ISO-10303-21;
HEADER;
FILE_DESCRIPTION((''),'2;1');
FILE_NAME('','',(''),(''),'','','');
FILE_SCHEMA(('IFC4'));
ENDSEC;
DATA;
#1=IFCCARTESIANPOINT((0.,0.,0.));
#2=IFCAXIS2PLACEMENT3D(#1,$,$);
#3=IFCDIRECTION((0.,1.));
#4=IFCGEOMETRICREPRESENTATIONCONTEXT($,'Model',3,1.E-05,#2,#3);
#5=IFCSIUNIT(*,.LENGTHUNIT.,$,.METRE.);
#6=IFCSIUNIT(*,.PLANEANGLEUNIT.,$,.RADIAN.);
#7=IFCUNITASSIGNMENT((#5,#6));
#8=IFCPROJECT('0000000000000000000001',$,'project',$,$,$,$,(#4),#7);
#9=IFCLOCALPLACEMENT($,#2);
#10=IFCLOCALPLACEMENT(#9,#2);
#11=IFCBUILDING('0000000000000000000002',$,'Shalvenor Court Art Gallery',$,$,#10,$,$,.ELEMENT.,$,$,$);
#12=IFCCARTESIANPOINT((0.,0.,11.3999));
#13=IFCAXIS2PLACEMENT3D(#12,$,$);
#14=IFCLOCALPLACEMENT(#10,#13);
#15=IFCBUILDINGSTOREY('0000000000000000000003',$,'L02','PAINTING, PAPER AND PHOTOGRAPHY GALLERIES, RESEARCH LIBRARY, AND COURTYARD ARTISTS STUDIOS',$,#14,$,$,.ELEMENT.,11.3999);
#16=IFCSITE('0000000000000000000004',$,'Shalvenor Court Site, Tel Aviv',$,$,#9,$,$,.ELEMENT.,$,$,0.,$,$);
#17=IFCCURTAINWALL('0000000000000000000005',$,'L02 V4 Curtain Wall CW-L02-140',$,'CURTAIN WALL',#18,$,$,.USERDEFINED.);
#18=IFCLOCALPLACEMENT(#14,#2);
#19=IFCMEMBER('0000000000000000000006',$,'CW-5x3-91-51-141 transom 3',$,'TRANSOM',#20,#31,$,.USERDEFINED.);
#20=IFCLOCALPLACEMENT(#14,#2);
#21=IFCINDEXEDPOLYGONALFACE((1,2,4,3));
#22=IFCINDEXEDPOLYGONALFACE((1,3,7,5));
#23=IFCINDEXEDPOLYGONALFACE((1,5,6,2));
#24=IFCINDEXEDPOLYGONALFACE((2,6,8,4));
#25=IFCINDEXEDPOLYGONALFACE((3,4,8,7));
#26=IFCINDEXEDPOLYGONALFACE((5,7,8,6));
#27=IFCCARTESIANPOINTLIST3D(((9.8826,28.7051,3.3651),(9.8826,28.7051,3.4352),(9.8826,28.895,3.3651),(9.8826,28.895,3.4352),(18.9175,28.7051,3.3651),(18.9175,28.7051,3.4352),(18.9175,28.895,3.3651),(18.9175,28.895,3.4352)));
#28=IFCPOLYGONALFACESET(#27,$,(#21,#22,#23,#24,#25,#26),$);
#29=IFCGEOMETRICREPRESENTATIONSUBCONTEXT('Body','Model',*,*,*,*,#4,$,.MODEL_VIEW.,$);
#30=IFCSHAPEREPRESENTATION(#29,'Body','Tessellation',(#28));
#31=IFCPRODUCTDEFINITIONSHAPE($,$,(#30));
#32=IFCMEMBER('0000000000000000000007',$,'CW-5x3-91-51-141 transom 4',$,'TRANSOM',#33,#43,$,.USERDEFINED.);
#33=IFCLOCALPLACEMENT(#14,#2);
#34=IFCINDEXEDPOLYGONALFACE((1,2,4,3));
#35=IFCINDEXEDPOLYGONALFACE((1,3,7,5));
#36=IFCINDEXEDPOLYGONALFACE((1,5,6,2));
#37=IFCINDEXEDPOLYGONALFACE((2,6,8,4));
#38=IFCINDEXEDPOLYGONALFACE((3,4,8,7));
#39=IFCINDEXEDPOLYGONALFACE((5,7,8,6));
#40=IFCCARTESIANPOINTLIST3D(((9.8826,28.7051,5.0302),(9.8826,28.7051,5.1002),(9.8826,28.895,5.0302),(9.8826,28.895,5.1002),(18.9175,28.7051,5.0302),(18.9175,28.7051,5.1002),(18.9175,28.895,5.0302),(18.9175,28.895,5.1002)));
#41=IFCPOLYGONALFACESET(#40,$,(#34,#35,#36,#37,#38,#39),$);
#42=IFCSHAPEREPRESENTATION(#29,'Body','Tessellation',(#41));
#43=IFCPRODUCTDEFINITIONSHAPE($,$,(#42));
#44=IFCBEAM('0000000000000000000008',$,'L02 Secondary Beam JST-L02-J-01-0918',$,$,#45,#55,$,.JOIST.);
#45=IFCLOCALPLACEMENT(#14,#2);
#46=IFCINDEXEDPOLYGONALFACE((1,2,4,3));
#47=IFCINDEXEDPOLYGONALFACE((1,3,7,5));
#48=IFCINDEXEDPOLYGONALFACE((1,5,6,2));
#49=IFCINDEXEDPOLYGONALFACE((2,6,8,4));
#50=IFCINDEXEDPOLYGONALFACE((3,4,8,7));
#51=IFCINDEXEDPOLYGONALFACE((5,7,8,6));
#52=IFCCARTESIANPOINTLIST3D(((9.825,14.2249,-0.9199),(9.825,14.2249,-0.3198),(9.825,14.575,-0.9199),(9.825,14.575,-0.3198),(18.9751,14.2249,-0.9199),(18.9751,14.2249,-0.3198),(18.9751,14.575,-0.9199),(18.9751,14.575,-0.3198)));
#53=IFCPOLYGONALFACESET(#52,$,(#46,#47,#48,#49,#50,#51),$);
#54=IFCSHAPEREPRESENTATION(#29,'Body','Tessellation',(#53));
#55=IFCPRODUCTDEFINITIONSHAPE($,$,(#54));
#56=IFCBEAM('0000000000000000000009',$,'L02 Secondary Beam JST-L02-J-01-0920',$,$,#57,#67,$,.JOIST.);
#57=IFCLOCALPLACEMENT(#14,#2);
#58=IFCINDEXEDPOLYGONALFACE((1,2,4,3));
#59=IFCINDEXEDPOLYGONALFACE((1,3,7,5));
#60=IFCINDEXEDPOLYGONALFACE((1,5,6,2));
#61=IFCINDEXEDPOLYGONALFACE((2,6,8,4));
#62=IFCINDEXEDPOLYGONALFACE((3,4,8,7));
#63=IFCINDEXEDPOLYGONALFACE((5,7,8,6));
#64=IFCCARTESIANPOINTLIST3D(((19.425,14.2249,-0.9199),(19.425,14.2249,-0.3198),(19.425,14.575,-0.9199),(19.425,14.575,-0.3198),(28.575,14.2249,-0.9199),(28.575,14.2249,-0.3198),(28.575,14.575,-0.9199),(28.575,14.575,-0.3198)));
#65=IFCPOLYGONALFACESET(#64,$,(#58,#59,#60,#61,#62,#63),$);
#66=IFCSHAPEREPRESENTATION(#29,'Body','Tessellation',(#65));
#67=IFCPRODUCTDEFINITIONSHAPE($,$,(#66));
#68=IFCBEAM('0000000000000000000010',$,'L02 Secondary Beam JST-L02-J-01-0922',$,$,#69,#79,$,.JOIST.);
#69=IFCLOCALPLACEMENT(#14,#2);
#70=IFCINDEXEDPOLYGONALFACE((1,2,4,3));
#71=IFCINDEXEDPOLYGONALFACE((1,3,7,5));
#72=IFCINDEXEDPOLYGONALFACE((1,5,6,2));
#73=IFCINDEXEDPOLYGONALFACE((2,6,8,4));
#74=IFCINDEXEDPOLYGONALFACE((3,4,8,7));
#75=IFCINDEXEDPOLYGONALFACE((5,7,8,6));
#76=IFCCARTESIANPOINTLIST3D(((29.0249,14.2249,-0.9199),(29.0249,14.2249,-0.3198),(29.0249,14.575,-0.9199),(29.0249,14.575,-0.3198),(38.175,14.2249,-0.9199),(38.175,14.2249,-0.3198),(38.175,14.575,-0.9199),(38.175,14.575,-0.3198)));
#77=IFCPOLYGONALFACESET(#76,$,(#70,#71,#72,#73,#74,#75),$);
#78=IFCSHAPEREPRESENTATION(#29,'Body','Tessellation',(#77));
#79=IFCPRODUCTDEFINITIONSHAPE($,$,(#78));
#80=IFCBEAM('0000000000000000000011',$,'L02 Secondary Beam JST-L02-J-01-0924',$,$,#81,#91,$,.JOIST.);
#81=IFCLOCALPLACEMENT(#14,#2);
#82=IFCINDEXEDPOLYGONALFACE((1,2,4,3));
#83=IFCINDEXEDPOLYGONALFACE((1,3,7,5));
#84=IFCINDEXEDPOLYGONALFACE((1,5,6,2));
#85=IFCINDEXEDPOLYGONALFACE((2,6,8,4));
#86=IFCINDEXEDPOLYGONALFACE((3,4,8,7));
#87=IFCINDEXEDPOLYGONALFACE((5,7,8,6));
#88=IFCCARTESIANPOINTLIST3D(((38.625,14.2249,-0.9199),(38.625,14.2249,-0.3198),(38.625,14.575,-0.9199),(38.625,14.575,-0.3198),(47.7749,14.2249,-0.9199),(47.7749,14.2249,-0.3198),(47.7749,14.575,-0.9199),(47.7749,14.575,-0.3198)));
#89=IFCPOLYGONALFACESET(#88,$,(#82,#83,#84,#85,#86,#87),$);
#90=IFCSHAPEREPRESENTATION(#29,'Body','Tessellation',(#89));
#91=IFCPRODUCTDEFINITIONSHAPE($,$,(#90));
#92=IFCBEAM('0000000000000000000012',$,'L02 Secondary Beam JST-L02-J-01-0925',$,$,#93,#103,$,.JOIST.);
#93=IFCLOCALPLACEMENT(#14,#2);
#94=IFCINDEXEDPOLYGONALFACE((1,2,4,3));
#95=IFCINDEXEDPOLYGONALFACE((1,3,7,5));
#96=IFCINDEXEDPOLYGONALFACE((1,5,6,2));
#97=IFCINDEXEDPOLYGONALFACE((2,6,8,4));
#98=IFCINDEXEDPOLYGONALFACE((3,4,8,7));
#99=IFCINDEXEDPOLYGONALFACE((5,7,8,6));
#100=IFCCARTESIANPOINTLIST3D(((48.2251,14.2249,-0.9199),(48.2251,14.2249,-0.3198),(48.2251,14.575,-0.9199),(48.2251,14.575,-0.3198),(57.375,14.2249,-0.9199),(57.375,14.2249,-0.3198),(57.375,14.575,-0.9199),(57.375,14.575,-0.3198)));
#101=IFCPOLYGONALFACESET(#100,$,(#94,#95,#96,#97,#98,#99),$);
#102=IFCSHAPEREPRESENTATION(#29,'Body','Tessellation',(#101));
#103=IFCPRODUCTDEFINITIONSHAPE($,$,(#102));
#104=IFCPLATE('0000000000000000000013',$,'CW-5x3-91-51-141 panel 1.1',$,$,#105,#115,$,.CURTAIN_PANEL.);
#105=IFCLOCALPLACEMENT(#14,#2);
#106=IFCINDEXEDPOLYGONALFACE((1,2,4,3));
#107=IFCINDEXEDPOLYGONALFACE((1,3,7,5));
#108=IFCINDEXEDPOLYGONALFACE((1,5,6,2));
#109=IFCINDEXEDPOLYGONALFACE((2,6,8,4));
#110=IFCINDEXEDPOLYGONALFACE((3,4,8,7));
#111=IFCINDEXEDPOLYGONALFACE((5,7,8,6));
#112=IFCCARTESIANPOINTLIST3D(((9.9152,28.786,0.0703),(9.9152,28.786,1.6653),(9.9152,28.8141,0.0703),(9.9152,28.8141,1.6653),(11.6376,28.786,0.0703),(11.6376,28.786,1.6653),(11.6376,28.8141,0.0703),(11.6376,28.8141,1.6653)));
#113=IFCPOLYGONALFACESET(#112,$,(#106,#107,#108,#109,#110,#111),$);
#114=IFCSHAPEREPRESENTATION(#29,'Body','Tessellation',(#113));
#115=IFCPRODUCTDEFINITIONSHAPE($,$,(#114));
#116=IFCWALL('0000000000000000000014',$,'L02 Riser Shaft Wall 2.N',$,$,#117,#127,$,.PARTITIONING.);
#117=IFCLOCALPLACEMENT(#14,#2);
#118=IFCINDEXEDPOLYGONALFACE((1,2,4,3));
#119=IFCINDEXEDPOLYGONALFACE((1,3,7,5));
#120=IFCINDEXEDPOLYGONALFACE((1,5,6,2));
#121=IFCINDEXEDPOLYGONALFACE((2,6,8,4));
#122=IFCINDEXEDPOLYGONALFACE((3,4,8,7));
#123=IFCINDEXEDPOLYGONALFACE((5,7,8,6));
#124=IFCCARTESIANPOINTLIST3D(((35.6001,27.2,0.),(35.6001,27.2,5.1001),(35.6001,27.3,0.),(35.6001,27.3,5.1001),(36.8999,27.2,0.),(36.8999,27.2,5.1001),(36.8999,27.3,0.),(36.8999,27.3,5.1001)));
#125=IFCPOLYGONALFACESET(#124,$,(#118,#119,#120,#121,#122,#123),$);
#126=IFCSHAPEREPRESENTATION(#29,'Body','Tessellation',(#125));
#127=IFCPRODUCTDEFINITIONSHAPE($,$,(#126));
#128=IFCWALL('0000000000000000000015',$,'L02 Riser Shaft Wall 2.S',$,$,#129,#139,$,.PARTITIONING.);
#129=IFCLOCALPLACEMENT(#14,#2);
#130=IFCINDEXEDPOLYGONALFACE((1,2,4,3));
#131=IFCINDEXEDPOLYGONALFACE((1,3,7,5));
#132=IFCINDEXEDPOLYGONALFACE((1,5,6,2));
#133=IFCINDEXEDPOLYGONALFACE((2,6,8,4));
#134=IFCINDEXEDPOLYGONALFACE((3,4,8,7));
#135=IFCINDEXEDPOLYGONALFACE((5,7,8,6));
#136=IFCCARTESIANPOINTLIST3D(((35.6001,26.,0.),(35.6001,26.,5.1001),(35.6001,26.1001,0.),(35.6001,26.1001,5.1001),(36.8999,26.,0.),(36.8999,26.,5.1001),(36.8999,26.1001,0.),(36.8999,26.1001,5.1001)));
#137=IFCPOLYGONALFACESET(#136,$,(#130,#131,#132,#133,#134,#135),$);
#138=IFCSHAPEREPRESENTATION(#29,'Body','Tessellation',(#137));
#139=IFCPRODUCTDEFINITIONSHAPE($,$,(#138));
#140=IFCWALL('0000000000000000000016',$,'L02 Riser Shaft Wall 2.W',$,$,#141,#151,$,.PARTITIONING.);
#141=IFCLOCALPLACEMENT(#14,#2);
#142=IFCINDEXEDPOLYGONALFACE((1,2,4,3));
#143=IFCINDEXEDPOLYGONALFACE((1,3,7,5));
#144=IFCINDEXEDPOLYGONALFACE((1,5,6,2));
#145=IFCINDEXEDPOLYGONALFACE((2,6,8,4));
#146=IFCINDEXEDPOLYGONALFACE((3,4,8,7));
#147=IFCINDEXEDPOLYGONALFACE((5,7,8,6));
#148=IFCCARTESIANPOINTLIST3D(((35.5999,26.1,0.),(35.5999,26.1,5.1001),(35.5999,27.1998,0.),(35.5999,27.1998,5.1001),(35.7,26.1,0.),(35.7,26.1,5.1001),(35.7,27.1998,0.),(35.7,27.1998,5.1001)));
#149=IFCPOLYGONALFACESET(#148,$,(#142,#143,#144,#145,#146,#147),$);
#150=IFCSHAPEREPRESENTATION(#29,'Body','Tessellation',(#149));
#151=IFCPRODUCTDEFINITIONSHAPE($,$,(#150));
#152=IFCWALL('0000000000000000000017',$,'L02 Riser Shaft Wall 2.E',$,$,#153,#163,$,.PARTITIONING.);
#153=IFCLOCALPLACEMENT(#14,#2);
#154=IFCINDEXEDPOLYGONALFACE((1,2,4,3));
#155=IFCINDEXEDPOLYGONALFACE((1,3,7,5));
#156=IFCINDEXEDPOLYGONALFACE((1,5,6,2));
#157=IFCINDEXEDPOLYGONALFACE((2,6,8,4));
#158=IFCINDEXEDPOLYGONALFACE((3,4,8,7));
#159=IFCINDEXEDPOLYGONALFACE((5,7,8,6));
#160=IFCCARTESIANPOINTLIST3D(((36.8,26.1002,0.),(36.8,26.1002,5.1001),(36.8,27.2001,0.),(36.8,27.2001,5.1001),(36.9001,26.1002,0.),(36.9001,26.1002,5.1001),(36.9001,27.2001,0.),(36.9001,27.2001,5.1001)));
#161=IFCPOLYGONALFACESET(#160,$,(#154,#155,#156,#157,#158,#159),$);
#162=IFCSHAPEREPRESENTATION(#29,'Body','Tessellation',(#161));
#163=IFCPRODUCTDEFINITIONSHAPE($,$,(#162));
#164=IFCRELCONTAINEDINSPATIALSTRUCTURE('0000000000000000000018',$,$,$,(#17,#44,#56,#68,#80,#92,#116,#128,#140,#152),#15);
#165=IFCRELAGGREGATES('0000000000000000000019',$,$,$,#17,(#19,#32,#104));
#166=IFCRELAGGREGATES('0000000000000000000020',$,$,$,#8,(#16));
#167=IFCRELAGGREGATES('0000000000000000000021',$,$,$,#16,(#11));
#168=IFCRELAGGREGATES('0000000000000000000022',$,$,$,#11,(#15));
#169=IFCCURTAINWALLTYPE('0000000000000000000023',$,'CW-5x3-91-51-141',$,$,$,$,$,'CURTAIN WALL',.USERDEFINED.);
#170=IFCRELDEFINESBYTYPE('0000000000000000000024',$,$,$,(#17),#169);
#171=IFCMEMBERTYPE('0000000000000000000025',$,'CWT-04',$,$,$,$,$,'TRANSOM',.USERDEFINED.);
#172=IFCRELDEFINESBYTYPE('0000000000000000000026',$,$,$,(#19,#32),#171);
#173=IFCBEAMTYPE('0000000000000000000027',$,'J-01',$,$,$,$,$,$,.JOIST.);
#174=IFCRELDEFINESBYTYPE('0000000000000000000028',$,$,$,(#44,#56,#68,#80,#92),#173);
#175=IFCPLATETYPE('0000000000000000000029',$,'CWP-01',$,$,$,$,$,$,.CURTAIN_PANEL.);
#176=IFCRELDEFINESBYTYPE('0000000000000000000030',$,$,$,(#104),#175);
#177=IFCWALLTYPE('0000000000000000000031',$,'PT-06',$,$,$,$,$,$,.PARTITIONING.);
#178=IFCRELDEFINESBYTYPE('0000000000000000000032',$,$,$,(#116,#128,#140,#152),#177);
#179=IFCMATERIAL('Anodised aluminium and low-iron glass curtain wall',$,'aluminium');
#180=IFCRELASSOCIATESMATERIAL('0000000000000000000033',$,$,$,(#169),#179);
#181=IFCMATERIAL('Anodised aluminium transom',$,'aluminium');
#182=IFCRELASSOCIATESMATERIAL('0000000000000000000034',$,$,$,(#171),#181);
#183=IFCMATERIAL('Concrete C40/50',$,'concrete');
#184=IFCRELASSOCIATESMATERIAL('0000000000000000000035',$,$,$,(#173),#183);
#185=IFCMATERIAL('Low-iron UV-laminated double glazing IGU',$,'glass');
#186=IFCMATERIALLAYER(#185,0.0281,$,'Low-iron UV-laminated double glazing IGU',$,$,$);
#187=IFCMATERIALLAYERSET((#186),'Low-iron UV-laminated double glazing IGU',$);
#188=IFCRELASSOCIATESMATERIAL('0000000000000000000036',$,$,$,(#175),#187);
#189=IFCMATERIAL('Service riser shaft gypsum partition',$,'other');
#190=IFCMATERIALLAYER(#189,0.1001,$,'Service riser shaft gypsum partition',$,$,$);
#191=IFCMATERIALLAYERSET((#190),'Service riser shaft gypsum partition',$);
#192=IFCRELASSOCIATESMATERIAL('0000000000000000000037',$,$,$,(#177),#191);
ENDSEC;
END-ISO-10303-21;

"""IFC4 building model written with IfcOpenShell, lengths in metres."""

from ifc_helpers import new_model, si_unit, direction, frame, frame_2d, origin, origin_2d, place, context, subcontext, project, spatial, rectangle, extrude, material, layer, layer_set, material_profile, profile_set, type_object, element, aggregate, save


model = new_model("IFC4")

# Units and contexts
model_context = context("Model", 3, precision=1e-05, world=origin(), true_north=direction((0.0, 1.0)))
body_context = subcontext(model_context, "Body", "Model", "MODEL_VIEW")
ifc_project = project(units=[si_unit("LENGTHUNIT", "METRE"), si_unit("PLANEANGLEUNIT", "RADIAN")], contexts=[model_context])

# Site, building, storey
site_placement = place(None, origin())
site = spatial("IfcSite", under=ifc_project, at=site_placement, Name="Shalvenor Court Site, Tel Aviv", CompositionType="ELEMENT", RefElevation=0.0)
building_placement = place(site_placement, origin())
building = spatial("IfcBuilding", under=site, at=building_placement, Name="Shalvenor Court Art Gallery", CompositionType="ELEMENT")
storey_placement = place(building_placement, frame((0.0, 0.0, 11.3999)))
storey = spatial("IfcBuildingStorey", under=building, at=storey_placement, Name="L02", Description="PAINTING, PAPER AND PHOTOGRAPHY GALLERIES, RESEARCH LIBRARY, AND COURTYARD ARTISTS STUDIOS", CompositionType="ELEMENT", Elevation=11.3999)

# Curtain wall, members
ifc_material_1 = material(Name="Anodised aluminium and low-iron glass curtain wall", Category="aluminium")
curtain_wall_type = type_object("IfcCurtainWallType", Name="CW-5x3-91-51-141", ElementType="CURTAIN WALL", PredefinedType="USERDEFINED", material=ifc_material_1)
curtain_wall_placement = place(storey_placement, origin())
curtain_wall = element("IfcCurtainWall", 1, at=curtain_wall_placement, inside=storey, type_object=curtain_wall_type, Name="L02 V4 Curtain Wall CW-L02-140", ObjectType="CURTAIN WALL", PredefinedType="USERDEFINED")
ifc_material_2 = material(Name="Anodised aluminium transom", Category="aluminium")
ifc_material_profile_1 = material_profile(ifc_material_2, rectangle(XDim=0.1899, YDim=0.0701, at=origin_2d()), Name="CWT-04")
ifc_profile_set_1 = profile_set([ifc_material_profile_1], Name="Anodised aluminium transom")
member_type_1 = type_object("IfcMemberType", Name="CWT-04", ElementType="TRANSOM", PredefinedType="USERDEFINED", material=ifc_profile_set_1)
member_1_placement = place(storey_placement, frame((9.8826, 28.8, 3.4001), z_axis=(1.0, 0.0, 0.0), x_axis=(0.0, 1.0, 0.0)))
member_1 = element("IfcMember", 2, at=member_1_placement, type_object=member_type_1, Name="CW-5x3-91-51-141 transom 3", ObjectType="TRANSOM", PredefinedType="USERDEFINED", context=body_context, shape_type="SweptSolid", body=[
    extrude(rectangle(XDim=0.1899, YDim=0.0701, at=origin_2d()), origin(), (0.0, 0.0, 1.0), 9.0349),
])
member_2_placement = place(storey_placement, frame((9.8826, 28.8, 5.0652), z_axis=(1.0, 0.0, 0.0), x_axis=(0.0, 1.0, 0.0)))
member_2 = element("IfcMember", 3, at=member_2_placement, type_object=member_type_1, Name="CW-5x3-91-51-141 transom 4", ObjectType="TRANSOM", PredefinedType="USERDEFINED", context=body_context, shape_type="SweptSolid", body=[
    extrude(rectangle(XDim=0.1899, YDim=0.0701, at=origin_2d()), origin(), (0.0, 0.0, 1.0), 9.0349),
])

# Beams
ifc_material_3 = material(Name="Concrete C40/50", Category="concrete")
ifc_material_profile_2 = material_profile(ifc_material_3, rectangle(XDim=0.3501, YDim=0.6001, at=origin_2d()), Name="RC 350x600")
ifc_profile_set_2 = profile_set([ifc_material_profile_2], Name="Concrete C40/50")
beam_type_1 = type_object("IfcBeamType", Name="J-01", PredefinedType="JOIST", material=ifc_profile_set_2)
beam_1_placement = place(storey_placement, frame((9.825, 14.3999, -0.6199), z_axis=(1.0, 0.0, 0.0), x_axis=(0.0, 1.0, 0.0)))
element("IfcBeam", 4, at=beam_1_placement, inside=storey, type_object=beam_type_1, Name="L02 Secondary Beam JST-L02-J-01-0918", PredefinedType="JOIST", context=body_context, shape_type="SweptSolid", body=[
    extrude(rectangle(XDim=0.3501, YDim=0.6001, at=origin_2d()), origin(), (0.0, 0.0, 1.0), 9.1501),
])
beam_2_placement = place(storey_placement, frame((19.425, 14.3999, -0.6199), z_axis=(1.0, 0.0, 0.0), x_axis=(0.0, 1.0, 0.0)))
element("IfcBeam", 5, at=beam_2_placement, inside=storey, type_object=beam_type_1, Name="L02 Secondary Beam JST-L02-J-01-0920", PredefinedType="JOIST", context=body_context, shape_type="SweptSolid", body=[
    extrude(rectangle(XDim=0.3501, YDim=0.6001, at=origin_2d()), origin(), (0.0, 0.0, 1.0), 9.1499),
])
beam_3_placement = place(storey_placement, frame((29.0249, 14.3999, -0.6199), z_axis=(1.0, 0.0, 0.0), x_axis=(0.0, 1.0, 0.0)))
element("IfcBeam", 6, at=beam_3_placement, inside=storey, type_object=beam_type_1, Name="L02 Secondary Beam JST-L02-J-01-0922", PredefinedType="JOIST", context=body_context, shape_type="SweptSolid", body=[
    extrude(rectangle(XDim=0.3501, YDim=0.6001, at=origin_2d()), origin(), (0.0, 0.0, 1.0), 9.1501),
])
for number, where, z_axis, x_axis, name in (
    (7, (38.625, 14.3999, -0.6199), (1.0, 0.0, 0.0), (0.0, 1.0, 0.0), "L02 Secondary Beam JST-L02-J-01-0924"),
    (8, (48.2251, 14.3999, -0.6199), (1.0, 0.0, 0.0), (0.0, 1.0, 0.0), "L02 Secondary Beam JST-L02-J-01-0925"),
):
    element("IfcBeam", number, at=place(storey_placement, frame(where, z_axis=z_axis, x_axis=x_axis)), inside=storey, type_object=beam_type_1, Name=name, PredefinedType="JOIST", context=body_context, shape_type="SweptSolid", body=[
        extrude(rectangle(XDim=0.3501, YDim=0.6001, at=origin_2d()), origin(), (0.0, 0.0, 1.0), 9.1499),
    ])

# Plate
ifc_material_4 = material(Name="Low-iron UV-laminated double glazing IGU", Category="glass")
ifc_layer_1 = layer(ifc_material_4, 0.0281, Name="Low-iron UV-laminated double glazing IGU")
ifc_layer_set_1 = layer_set([ifc_layer_1], Name="Low-iron UV-laminated double glazing IGU")
plate_type = type_object("IfcPlateType", Name="CWP-01", PredefinedType="CURTAIN_PANEL", material=ifc_layer_set_1)
plate_placement = place(storey_placement, frame((10.7764, 28.8, 0.0703), z_axis=(0.0, 0.0, 1.0), x_axis=(1.0, 0.0, 0.0)))
plate = element("IfcPlate", 9, at=plate_placement, type_object=plate_type, Name="CW-5x3-91-51-141 panel 1.1", PredefinedType="CURTAIN_PANEL", context=body_context, shape_type="SweptSolid", body=[
    extrude(rectangle(XDim=1.7224, YDim=0.0281, at=origin_2d()), origin(), (0.0, 0.0, 1.0), 1.595),
])
aggregate(curtain_wall, [member_1, member_2, plate])

# Walls
ifc_material_5 = material(Name="Service riser shaft gypsum partition", Category="other")
ifc_layer_2 = layer(ifc_material_5, 0.1001, Name="Service riser shaft gypsum partition")
ifc_layer_set_2 = layer_set([ifc_layer_2], Name="Service riser shaft gypsum partition")
wall_type = type_object("IfcWallType", Name="PT-06", PredefinedType="PARTITIONING", material=ifc_layer_set_2)
for number, where, z_axis, x_axis, name in (
    (10, (35.6001, 27.25, 0.0), (0.0, 0.0, 1.0), (1.0, 0.0, 0.0), "L02 Riser Shaft Wall 2.N"),
    (11, (36.8999, 26.05, 0.0), (0.0, 0.0, 1.0), (-1.0, 0.0, 0.0), "L02 Riser Shaft Wall 2.S"),
):
    element("IfcWall", number, at=place(storey_placement, frame(where, z_axis=z_axis, x_axis=x_axis)), inside=storey, type_object=wall_type, Name=name, PredefinedType="PARTITIONING", context=body_context, shape_type="SweptSolid", body=[
        extrude(rectangle(XDim=1.2998, YDim=0.1001, at=frame_2d((0.6499, 0.0))), origin(), (0.0, 0.0, 1.0), 5.1001),
    ])
for number, where, z_axis, x_axis, name in (
    (12, (35.6499, 26.1001, 0.0), (0.0, 0.0, 1.0), (0.0, 1.0, 0.0), "L02 Riser Shaft Wall 2.W"),
    (13, (36.8501, 27.2, 0.0), (0.0, 0.0, 1.0), (0.0, -1.0, 0.0), "L02 Riser Shaft Wall 2.E"),
):
    element("IfcWall", number, at=place(storey_placement, frame(where, z_axis=z_axis, x_axis=x_axis)), inside=storey, type_object=wall_type, Name=name, PredefinedType="PARTITIONING", context=body_context, shape_type="SweptSolid", body=[
        extrude(rectangle(XDim=1.0999, YDim=0.1001, at=frame_2d((0.5498, 0.0))), origin(), (0.0, 0.0, 1.0), 5.1001),
    ])

save(model, "model.ifc")
